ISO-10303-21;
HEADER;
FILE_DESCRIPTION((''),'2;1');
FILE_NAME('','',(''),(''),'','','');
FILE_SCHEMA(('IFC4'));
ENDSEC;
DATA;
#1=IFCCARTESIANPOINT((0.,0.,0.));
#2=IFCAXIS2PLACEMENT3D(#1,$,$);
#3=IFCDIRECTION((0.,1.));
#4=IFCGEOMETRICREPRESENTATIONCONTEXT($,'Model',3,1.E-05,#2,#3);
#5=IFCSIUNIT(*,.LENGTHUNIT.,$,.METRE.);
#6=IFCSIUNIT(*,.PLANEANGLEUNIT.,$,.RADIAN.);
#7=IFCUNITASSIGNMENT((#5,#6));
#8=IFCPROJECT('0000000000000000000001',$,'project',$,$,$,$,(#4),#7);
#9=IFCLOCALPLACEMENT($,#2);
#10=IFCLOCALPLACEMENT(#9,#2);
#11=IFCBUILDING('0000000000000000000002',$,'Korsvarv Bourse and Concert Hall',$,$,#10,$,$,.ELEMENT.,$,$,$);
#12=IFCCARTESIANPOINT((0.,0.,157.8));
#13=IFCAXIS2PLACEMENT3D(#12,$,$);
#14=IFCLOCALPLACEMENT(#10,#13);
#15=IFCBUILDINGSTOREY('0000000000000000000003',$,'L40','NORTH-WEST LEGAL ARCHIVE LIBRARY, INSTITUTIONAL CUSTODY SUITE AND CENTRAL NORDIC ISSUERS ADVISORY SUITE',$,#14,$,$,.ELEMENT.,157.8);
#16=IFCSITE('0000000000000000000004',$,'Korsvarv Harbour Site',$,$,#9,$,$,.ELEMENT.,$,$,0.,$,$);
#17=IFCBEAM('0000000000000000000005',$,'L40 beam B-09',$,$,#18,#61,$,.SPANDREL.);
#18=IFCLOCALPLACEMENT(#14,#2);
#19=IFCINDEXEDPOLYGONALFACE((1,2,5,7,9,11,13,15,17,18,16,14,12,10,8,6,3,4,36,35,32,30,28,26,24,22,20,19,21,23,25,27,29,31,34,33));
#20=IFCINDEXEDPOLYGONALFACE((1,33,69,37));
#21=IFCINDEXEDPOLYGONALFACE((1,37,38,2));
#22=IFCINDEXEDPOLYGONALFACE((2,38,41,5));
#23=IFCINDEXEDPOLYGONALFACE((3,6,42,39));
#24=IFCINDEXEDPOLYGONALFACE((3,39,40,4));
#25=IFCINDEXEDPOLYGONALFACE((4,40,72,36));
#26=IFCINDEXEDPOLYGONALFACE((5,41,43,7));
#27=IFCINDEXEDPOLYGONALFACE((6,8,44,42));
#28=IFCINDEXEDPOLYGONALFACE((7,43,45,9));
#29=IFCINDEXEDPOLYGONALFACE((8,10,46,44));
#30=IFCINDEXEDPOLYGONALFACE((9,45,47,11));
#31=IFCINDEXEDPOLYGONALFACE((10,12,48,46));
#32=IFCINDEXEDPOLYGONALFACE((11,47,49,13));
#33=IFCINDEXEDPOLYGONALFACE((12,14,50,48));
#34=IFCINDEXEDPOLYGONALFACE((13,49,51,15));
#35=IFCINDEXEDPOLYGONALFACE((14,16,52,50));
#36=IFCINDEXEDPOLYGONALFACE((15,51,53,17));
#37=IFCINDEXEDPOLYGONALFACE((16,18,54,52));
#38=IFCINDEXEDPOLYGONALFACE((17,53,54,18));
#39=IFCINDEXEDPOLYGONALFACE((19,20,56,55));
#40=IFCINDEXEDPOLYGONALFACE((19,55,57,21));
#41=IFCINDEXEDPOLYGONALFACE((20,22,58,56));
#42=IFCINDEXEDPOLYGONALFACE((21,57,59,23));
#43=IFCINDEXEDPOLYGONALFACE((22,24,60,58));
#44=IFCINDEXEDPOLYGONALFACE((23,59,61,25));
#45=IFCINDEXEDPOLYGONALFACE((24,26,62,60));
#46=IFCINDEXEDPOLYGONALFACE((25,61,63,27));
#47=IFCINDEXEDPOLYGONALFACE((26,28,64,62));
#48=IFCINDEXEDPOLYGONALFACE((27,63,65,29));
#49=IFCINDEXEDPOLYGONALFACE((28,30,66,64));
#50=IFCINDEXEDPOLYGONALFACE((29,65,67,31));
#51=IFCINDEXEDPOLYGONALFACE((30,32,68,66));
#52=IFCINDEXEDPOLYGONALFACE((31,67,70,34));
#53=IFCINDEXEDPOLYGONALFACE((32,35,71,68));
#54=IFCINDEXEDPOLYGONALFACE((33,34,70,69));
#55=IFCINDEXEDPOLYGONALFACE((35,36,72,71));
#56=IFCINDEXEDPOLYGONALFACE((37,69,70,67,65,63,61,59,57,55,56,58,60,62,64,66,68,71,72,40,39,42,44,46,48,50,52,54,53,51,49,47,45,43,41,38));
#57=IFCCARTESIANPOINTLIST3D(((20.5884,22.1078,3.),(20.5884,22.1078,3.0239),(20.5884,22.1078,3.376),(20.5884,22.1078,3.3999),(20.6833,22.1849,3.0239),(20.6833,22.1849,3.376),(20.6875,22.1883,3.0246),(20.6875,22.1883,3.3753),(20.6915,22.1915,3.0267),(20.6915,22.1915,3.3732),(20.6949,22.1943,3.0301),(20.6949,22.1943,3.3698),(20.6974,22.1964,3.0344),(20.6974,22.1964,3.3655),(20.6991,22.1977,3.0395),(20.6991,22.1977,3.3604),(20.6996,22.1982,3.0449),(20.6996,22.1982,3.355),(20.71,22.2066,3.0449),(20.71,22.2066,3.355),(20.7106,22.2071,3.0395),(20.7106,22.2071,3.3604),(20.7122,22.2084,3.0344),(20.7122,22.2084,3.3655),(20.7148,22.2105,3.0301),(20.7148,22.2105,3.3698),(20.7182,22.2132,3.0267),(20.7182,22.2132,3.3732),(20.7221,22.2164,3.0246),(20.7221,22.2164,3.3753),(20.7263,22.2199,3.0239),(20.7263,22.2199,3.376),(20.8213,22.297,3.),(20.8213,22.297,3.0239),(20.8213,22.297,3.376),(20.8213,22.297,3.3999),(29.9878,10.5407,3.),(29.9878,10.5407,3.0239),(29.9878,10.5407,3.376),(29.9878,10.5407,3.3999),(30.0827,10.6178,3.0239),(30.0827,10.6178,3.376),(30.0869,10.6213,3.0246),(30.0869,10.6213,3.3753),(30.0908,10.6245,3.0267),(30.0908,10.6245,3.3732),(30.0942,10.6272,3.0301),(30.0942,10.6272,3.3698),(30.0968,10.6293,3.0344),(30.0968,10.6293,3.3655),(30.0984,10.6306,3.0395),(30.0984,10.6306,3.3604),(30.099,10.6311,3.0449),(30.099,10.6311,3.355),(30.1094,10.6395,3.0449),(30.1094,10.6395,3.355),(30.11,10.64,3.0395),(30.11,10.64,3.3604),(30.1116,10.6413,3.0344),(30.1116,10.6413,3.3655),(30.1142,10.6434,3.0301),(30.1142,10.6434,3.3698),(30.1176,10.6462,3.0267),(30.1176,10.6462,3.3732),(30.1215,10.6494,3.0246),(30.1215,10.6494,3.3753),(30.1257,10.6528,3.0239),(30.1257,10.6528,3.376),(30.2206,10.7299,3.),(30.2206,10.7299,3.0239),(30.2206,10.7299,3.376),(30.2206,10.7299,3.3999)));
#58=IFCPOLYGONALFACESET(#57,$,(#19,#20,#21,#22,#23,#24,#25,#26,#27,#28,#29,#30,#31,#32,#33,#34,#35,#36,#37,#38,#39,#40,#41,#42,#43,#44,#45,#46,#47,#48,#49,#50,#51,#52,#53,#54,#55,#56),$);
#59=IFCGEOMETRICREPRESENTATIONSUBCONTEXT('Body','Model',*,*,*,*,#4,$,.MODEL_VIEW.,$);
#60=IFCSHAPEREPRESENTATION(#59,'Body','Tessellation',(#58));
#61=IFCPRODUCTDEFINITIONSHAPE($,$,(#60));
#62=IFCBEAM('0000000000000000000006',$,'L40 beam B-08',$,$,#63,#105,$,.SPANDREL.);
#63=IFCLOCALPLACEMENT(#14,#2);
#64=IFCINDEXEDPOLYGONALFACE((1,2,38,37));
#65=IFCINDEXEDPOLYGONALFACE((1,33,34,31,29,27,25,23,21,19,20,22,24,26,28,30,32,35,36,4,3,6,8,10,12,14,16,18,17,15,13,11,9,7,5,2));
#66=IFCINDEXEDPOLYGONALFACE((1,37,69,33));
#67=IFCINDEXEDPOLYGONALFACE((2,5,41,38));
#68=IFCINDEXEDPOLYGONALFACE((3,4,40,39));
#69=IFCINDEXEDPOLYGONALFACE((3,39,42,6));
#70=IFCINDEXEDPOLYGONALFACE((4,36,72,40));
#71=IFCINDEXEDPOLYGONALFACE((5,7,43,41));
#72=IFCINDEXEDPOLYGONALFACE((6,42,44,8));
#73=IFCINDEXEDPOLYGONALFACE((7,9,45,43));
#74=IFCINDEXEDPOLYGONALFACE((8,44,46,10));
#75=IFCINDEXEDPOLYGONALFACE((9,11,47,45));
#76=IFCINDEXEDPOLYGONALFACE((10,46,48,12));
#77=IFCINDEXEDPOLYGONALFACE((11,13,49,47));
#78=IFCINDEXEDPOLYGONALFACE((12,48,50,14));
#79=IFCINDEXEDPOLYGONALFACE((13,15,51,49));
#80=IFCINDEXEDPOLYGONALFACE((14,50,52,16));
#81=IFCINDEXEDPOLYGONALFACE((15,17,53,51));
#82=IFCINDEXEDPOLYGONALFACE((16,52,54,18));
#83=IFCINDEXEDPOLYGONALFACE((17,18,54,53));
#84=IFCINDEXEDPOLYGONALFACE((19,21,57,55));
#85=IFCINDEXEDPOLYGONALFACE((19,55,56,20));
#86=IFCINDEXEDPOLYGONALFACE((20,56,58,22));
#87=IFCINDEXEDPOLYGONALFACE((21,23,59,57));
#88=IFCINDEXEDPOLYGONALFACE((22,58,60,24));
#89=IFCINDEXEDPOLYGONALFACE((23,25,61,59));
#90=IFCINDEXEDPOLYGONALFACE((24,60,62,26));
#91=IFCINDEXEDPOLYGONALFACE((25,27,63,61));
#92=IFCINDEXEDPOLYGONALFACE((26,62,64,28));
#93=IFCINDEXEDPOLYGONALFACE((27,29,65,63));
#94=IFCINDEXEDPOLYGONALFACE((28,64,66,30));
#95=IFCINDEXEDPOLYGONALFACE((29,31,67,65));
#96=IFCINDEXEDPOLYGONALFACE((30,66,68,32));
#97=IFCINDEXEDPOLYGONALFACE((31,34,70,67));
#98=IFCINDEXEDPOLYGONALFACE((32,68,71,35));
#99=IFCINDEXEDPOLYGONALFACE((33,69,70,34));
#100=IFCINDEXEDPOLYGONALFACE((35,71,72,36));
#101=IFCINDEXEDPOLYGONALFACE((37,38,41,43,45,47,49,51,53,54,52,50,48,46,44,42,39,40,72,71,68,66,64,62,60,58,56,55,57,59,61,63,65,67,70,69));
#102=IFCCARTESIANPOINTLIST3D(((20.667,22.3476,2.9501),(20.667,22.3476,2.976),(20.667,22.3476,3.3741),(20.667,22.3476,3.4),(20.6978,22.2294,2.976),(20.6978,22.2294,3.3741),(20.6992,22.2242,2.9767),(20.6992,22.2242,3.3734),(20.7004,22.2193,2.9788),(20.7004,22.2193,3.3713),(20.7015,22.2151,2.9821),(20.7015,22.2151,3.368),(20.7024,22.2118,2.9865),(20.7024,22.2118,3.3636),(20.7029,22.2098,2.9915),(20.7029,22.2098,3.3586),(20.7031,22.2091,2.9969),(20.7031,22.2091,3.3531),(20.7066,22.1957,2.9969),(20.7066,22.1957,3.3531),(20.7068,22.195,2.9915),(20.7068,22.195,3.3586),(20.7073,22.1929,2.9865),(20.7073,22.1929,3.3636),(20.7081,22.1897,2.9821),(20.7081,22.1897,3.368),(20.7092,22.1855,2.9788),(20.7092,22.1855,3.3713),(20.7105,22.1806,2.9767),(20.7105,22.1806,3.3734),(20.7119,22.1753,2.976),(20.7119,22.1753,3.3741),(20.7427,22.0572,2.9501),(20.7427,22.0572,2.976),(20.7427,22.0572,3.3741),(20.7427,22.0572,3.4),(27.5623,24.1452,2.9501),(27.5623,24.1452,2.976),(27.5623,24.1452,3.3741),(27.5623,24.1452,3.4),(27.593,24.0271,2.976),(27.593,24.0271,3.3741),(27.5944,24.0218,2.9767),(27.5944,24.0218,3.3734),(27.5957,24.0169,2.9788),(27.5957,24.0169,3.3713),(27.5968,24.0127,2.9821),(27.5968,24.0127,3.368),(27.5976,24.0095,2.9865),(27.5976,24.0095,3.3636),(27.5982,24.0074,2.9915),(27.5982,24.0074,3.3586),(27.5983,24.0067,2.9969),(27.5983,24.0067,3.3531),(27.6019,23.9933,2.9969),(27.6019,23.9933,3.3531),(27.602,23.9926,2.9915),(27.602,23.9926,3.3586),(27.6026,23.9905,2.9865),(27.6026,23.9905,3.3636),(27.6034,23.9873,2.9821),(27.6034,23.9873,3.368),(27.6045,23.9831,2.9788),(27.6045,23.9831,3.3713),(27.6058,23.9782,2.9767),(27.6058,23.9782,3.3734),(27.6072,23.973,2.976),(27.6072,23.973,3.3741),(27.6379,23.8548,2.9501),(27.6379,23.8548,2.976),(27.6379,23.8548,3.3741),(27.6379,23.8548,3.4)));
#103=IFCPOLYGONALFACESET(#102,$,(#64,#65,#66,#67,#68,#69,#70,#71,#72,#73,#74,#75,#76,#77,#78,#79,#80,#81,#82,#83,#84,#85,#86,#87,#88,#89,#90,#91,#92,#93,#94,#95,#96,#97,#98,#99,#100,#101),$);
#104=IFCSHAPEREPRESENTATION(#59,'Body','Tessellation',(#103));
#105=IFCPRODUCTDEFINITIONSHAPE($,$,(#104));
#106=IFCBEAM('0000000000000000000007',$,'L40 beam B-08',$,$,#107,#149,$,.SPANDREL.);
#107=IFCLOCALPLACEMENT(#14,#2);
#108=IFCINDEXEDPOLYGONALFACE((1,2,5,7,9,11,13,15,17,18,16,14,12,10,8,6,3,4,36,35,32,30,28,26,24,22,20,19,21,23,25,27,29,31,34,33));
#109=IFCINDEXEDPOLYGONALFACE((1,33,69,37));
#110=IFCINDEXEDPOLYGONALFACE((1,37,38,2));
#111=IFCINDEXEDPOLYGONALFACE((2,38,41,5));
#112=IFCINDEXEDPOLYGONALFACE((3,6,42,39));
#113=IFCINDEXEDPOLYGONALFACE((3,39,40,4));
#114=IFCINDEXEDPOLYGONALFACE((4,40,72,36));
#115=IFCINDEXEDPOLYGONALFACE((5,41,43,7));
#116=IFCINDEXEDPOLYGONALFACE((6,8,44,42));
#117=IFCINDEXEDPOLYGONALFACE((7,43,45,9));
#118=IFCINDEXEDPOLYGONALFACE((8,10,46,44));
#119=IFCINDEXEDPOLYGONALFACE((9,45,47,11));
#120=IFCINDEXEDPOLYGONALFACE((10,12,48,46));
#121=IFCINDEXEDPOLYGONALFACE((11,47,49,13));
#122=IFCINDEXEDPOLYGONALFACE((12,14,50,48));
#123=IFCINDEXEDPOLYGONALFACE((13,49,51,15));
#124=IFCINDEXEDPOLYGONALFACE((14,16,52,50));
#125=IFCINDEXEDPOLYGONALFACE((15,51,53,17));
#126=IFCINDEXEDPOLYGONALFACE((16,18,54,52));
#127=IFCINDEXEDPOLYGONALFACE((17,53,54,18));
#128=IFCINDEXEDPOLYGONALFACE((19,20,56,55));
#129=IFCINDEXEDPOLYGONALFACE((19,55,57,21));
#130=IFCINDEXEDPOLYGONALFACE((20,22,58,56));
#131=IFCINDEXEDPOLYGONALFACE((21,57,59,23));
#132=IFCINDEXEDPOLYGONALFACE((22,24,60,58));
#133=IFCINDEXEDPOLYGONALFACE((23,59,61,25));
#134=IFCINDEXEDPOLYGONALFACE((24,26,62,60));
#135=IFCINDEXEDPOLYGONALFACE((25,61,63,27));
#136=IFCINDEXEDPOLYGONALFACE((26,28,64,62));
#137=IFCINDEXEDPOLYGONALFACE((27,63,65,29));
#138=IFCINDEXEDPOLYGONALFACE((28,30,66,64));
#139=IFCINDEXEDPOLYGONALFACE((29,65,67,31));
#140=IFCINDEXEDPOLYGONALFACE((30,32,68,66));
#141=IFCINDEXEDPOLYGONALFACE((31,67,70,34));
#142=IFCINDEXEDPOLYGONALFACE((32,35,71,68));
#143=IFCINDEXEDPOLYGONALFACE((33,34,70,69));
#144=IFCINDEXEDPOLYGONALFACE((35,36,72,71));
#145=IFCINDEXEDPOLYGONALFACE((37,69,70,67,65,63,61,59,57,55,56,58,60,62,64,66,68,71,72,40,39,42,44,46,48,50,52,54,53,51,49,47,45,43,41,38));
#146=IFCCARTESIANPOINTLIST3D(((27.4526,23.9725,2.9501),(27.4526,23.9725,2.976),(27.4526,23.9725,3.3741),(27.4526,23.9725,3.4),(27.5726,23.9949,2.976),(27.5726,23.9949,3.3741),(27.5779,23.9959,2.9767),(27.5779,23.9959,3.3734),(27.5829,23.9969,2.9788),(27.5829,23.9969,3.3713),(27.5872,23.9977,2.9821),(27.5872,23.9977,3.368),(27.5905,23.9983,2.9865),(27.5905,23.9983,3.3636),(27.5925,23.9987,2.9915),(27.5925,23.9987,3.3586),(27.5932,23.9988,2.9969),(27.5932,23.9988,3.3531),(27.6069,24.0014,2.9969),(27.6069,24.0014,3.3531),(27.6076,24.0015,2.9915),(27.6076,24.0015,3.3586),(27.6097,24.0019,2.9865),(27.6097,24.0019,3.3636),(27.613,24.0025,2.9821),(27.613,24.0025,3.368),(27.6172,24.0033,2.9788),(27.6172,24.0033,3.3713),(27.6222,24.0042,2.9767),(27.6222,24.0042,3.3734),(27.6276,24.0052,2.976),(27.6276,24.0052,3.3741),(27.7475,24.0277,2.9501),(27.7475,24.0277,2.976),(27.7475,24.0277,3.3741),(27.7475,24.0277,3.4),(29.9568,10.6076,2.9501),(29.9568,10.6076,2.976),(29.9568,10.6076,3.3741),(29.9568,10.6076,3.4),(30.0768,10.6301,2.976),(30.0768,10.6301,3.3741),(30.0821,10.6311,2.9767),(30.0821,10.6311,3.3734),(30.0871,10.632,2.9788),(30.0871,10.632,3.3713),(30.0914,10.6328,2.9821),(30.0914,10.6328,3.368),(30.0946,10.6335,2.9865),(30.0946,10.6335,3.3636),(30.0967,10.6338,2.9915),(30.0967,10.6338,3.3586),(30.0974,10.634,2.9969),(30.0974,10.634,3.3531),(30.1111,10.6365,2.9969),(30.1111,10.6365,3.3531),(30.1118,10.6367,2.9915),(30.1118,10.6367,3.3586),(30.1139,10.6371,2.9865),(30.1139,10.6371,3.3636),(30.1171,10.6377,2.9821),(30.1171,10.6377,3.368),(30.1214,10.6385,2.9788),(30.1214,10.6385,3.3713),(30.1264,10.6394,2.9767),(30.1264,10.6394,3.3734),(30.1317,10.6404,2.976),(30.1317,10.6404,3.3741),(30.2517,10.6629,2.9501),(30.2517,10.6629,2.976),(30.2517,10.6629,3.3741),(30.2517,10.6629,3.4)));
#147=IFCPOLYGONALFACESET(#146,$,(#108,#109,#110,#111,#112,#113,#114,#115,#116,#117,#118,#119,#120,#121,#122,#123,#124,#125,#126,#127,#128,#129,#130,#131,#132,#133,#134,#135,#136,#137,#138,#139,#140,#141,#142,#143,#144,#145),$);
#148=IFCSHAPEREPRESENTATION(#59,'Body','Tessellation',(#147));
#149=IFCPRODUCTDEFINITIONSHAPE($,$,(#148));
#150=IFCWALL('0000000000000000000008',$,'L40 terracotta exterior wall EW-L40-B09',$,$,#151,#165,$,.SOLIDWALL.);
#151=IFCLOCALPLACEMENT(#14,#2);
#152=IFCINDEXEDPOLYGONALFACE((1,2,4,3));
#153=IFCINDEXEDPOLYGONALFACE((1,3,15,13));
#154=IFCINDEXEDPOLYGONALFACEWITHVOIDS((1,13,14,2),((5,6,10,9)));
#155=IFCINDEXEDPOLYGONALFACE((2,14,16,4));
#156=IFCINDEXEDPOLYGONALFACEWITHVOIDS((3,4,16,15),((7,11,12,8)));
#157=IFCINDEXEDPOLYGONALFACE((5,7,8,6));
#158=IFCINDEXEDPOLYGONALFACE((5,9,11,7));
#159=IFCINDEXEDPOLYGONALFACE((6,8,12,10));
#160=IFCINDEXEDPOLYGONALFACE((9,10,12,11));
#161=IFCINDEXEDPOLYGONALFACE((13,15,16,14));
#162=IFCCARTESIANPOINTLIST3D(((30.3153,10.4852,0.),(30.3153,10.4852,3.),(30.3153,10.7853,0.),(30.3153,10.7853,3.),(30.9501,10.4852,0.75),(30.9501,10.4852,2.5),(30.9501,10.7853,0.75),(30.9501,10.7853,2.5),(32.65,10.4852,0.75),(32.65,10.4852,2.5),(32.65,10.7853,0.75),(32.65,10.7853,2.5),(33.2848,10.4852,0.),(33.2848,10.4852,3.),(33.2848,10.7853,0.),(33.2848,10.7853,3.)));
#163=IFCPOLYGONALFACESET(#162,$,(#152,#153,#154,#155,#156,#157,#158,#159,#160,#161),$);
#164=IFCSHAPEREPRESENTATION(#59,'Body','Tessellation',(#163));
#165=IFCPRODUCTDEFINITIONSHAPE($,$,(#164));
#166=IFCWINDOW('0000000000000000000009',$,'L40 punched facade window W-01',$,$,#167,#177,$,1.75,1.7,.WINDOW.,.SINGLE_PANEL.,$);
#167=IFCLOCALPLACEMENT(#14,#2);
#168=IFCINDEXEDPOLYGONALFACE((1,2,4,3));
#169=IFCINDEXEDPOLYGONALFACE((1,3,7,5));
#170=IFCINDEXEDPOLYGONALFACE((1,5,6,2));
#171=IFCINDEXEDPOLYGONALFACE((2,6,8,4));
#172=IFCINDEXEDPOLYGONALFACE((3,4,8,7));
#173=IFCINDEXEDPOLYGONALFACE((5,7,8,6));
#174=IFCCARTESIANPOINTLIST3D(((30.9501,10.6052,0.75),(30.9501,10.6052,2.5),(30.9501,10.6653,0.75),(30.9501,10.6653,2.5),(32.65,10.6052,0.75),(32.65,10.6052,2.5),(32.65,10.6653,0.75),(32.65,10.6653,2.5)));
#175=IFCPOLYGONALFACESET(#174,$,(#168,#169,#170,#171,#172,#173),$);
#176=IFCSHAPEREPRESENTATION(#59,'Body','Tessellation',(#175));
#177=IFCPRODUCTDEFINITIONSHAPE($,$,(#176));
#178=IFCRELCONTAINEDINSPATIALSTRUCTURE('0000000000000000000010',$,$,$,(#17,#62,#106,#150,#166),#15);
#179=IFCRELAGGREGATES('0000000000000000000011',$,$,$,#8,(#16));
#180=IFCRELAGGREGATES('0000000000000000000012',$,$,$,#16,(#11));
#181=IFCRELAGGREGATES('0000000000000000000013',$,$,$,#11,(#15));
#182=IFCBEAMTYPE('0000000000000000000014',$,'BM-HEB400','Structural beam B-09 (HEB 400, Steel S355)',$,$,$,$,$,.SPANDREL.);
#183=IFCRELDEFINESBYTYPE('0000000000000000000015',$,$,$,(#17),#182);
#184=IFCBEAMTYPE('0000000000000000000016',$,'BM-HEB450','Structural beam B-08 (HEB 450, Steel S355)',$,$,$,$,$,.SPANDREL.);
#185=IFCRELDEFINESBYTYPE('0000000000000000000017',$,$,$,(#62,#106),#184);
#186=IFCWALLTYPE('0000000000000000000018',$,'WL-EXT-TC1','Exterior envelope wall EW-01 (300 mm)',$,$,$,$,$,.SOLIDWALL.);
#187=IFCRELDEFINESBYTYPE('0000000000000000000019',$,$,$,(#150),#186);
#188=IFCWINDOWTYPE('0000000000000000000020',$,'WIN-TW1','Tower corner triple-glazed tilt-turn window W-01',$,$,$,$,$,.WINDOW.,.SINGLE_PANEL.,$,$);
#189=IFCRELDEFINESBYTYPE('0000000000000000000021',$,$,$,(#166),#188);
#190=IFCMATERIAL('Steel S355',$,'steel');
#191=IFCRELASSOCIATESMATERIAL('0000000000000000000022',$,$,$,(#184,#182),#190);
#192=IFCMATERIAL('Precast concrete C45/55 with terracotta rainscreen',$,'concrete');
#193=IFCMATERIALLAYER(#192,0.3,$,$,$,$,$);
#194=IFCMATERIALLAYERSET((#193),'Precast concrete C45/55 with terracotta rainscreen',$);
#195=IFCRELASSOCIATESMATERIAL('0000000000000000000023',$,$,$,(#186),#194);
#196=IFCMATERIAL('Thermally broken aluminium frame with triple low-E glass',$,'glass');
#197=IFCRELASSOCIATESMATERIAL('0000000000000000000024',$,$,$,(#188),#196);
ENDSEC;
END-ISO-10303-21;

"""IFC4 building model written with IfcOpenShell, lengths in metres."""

from ifc_helpers import new_model, si_unit, direction, frame, frame_2d, origin, origin_2d, place, context, subcontext, project, spatial, rectangle, i_section, extrude, source, transform, mapped, material, layer, layer_set, material_profile, profile_set, type_object, element, fill, save


model = new_model("IFC4")

# Units and contexts
model_context = context("Model", 3, precision=1e-05, world=origin(), true_north=direction((0.0, 1.0)))
body_context = subcontext(model_context, "Body", "Model", "MODEL_VIEW")
ifc_project = project(units=[si_unit("LENGTHUNIT", "METRE"), si_unit("PLANEANGLEUNIT", "RADIAN")], contexts=[model_context])

# Site, building, storey
site_placement = place(None, origin())
site = spatial("IfcSite", under=ifc_project, at=site_placement, Name="Korsvarv Harbour Site", CompositionType="ELEMENT", RefElevation=0.0)
building_placement = place(site_placement, origin())
building = spatial("IfcBuilding", under=site, at=building_placement, Name="Korsvarv Bourse and Concert Hall", CompositionType="ELEMENT")
storey_placement = place(building_placement, frame((0.0, 0.0, 157.8)))
storey = spatial("IfcBuildingStorey", under=building, at=storey_placement, Name="L40", Description="NORTH-WEST LEGAL ARCHIVE LIBRARY, INSTITUTIONAL CUSTODY SUITE AND CENTRAL NORDIC ISSUERS ADVISORY SUITE", CompositionType="ELEMENT", Elevation=157.8)

# Shared definitions
ifc_material_1 = material(Name="Steel S355", Category="steel")

# Beams
ifc_material_profile_1 = material_profile(ifc_material_1, i_section(OverallWidth=0.3, OverallDepth=0.45, WebThickness=0.0139, FlangeThickness=0.0259, FilletRadius=0.021, at=origin_2d()), Name="HEB 450")
ifc_profile_set_1 = profile_set([ifc_material_profile_1], Name="Steel S355")
beam_type_1 = type_object("IfcBeamType", Name="BM-HEB450", Description="Structural beam B-08 (HEB 450, Steel S355)", PredefinedType="SPANDREL", material=ifc_profile_set_1)
ifc_material_profile_2 = material_profile(ifc_material_1, i_section(OverallWidth=0.3, OverallDepth=0.3999, WebThickness=0.0134, FlangeThickness=0.0239, FilletRadius=0.021, at=origin_2d()), Name="HEB 400")
ifc_profile_set_2 = profile_set([ifc_material_profile_2], Name="Steel S355")
beam_type_2 = type_object("IfcBeamType", Name="BM-HEB400", Description="Structural beam B-09 (HEB 400, Steel S355)", PredefinedType="SPANDREL", material=ifc_profile_set_2)
shared_shape_1 = source(origin(), body_context, "Body", "SweptSolid", [
    extrude(i_section(OverallWidth=0.3, OverallDepth=0.3999, WebThickness=0.0134, FlangeThickness=0.0239, FilletRadius=0.021, at=origin_2d()), origin(), (0.0, 0.0, 1.0), 14.9045),
])
beam_1_placement = place(storey_placement, frame((20.7048, 22.2024, 3.2), z_axis=(0.630638, -0.776077, 0.0), x_axis=(0.776077, 0.630638, 0.0)))
element("IfcBeam", 1, at=beam_1_placement, inside=storey, type_object=beam_type_2, Name="L40 beam B-09", PredefinedType="SPANDREL", context=body_context, shape_type="MappedRepresentation", body=[
    mapped(shared_shape_1, transform((0.0, 0.0, 0.0), scale=1.0)),
])
shared_shape_2 = source(origin(), body_context, "Body", "SweptSolid", [
    extrude(i_section(OverallWidth=0.3, OverallDepth=0.45, WebThickness=0.0139, FlangeThickness=0.0259, FilletRadius=0.021, at=origin_2d()), origin(), (0.0, 0.0, 1.0), 7.1257),
])
beam_2_placement = place(storey_placement, frame((20.7048, 22.2024, 3.175), z_axis=(0.967657, 0.25227, 0.0), x_axis=(-0.25227, 0.967657, 0.0)))
element("IfcBeam", 2, at=beam_2_placement, inside=storey, type_object=beam_type_1, Name="L40 beam B-08", PredefinedType="SPANDREL", context=body_context, shape_type="MappedRepresentation", body=[
    mapped(shared_shape_2, transform((0.0, 0.0, 0.0), scale=1.0)),
])
shared_shape_3 = source(origin(), body_context, "Body", "SweptSolid", [
    extrude(i_section(OverallWidth=0.3, OverallDepth=0.45, WebThickness=0.0139, FlangeThickness=0.0259, FilletRadius=0.021, at=origin_2d()), origin(), (0.0, 0.0, 1.0), 13.5974),
])
beam_3_placement = place(storey_placement, frame((30.1042, 10.6353, 3.175), z_axis=(-0.184165, 0.982895, 0.0), x_axis=(-0.982895, -0.184165, 0.0)))
element("IfcBeam", 3, at=beam_3_placement, inside=storey, type_object=beam_type_1, Name="L40 beam B-08", PredefinedType="SPANDREL", context=body_context, shape_type="MappedRepresentation", body=[
    mapped(shared_shape_3, transform((0.0, 0.0, 0.0), scale=1.0)),
])

# Wall, opening, window
ifc_material_2 = material(Name="Precast concrete C45/55 with terracotta rainscreen", Category="concrete")
ifc_layer_1 = layer(ifc_material_2, 0.3)
ifc_layer_set_1 = layer_set([ifc_layer_1], Name="Precast concrete C45/55 with terracotta rainscreen")
wall_type_1 = type_object("IfcWallType", Name="WL-EXT-TC1", Description="Exterior envelope wall EW-01 (300 mm)", PredefinedType="SOLIDWALL", material=ifc_layer_set_1)
wall_1_placement = place(storey_placement, frame((30.3152, 10.6353, 0.0), z_axis=(0.0, 0.0, 1.0), x_axis=(1.0, 0.0, 0.0)))
wall_1 = element("IfcWall", 4, at=wall_1_placement, inside=storey, type_object=wall_type_1, Name="L40 terracotta exterior wall EW-L40-B09", PredefinedType="SOLIDWALL", context=body_context, shape_type="SweptSolid", body=[
    extrude(rectangle(XDim=2.9695, YDim=0.3, at=frame_2d((1.4849, 0.0))), origin(), (0.0, 0.0, 1.0), 3.0),
])
opening_1_placement = place(wall_1_placement, frame((0.6348, 0.0, 0.75)))
opening_1 = element("IfcOpeningElement", 5, at=opening_1_placement, cuts=wall_1, PredefinedType="OPENING", context=body_context, shape_type="SweptSolid", body=[
    extrude(rectangle(XDim=1.7, YDim=1.75, at=frame_2d((0.8501, 0.875))), frame((0.0, 0.1602, 0.0), z_axis=(0.0, -1.0, 0.0), x_axis=(1.0, 0.0, 0.0)), (0.0, 0.0, 1.0), 0.3201),
])
ifc_material_3 = material(Name="Thermally broken aluminium frame with triple low-E glass", Category="glass")
window_type = type_object("IfcWindowType", Name="WIN-TW1", Description="Tower corner triple-glazed tilt-turn window W-01", PartitioningType="SINGLE_PANEL", PredefinedType="WINDOW", material=ifc_material_3)
window_1_placement = place(opening_1_placement, origin())
window_1 = element("IfcWindow", 6, at=window_1_placement, inside=storey, type_object=window_type, Name="L40 punched facade window W-01", OverallHeight=1.75, OverallWidth=1.7, PartitioningType="SINGLE_PANEL", PredefinedType="WINDOW", context=body_context, shape_type="SweptSolid", body=[
    extrude(rectangle(XDim=1.7, YDim=1.75, at=frame_2d((0.8501, 0.875))), frame((0.0, 0.03, 0.0), z_axis=(0.0, -1.0, 0.0), x_axis=(1.0, 0.0, 0.0)), (0.0, 0.0, 1.0), 0.0601),
])
fill(opening_1, window_1)

save(model, "model.ifc")
